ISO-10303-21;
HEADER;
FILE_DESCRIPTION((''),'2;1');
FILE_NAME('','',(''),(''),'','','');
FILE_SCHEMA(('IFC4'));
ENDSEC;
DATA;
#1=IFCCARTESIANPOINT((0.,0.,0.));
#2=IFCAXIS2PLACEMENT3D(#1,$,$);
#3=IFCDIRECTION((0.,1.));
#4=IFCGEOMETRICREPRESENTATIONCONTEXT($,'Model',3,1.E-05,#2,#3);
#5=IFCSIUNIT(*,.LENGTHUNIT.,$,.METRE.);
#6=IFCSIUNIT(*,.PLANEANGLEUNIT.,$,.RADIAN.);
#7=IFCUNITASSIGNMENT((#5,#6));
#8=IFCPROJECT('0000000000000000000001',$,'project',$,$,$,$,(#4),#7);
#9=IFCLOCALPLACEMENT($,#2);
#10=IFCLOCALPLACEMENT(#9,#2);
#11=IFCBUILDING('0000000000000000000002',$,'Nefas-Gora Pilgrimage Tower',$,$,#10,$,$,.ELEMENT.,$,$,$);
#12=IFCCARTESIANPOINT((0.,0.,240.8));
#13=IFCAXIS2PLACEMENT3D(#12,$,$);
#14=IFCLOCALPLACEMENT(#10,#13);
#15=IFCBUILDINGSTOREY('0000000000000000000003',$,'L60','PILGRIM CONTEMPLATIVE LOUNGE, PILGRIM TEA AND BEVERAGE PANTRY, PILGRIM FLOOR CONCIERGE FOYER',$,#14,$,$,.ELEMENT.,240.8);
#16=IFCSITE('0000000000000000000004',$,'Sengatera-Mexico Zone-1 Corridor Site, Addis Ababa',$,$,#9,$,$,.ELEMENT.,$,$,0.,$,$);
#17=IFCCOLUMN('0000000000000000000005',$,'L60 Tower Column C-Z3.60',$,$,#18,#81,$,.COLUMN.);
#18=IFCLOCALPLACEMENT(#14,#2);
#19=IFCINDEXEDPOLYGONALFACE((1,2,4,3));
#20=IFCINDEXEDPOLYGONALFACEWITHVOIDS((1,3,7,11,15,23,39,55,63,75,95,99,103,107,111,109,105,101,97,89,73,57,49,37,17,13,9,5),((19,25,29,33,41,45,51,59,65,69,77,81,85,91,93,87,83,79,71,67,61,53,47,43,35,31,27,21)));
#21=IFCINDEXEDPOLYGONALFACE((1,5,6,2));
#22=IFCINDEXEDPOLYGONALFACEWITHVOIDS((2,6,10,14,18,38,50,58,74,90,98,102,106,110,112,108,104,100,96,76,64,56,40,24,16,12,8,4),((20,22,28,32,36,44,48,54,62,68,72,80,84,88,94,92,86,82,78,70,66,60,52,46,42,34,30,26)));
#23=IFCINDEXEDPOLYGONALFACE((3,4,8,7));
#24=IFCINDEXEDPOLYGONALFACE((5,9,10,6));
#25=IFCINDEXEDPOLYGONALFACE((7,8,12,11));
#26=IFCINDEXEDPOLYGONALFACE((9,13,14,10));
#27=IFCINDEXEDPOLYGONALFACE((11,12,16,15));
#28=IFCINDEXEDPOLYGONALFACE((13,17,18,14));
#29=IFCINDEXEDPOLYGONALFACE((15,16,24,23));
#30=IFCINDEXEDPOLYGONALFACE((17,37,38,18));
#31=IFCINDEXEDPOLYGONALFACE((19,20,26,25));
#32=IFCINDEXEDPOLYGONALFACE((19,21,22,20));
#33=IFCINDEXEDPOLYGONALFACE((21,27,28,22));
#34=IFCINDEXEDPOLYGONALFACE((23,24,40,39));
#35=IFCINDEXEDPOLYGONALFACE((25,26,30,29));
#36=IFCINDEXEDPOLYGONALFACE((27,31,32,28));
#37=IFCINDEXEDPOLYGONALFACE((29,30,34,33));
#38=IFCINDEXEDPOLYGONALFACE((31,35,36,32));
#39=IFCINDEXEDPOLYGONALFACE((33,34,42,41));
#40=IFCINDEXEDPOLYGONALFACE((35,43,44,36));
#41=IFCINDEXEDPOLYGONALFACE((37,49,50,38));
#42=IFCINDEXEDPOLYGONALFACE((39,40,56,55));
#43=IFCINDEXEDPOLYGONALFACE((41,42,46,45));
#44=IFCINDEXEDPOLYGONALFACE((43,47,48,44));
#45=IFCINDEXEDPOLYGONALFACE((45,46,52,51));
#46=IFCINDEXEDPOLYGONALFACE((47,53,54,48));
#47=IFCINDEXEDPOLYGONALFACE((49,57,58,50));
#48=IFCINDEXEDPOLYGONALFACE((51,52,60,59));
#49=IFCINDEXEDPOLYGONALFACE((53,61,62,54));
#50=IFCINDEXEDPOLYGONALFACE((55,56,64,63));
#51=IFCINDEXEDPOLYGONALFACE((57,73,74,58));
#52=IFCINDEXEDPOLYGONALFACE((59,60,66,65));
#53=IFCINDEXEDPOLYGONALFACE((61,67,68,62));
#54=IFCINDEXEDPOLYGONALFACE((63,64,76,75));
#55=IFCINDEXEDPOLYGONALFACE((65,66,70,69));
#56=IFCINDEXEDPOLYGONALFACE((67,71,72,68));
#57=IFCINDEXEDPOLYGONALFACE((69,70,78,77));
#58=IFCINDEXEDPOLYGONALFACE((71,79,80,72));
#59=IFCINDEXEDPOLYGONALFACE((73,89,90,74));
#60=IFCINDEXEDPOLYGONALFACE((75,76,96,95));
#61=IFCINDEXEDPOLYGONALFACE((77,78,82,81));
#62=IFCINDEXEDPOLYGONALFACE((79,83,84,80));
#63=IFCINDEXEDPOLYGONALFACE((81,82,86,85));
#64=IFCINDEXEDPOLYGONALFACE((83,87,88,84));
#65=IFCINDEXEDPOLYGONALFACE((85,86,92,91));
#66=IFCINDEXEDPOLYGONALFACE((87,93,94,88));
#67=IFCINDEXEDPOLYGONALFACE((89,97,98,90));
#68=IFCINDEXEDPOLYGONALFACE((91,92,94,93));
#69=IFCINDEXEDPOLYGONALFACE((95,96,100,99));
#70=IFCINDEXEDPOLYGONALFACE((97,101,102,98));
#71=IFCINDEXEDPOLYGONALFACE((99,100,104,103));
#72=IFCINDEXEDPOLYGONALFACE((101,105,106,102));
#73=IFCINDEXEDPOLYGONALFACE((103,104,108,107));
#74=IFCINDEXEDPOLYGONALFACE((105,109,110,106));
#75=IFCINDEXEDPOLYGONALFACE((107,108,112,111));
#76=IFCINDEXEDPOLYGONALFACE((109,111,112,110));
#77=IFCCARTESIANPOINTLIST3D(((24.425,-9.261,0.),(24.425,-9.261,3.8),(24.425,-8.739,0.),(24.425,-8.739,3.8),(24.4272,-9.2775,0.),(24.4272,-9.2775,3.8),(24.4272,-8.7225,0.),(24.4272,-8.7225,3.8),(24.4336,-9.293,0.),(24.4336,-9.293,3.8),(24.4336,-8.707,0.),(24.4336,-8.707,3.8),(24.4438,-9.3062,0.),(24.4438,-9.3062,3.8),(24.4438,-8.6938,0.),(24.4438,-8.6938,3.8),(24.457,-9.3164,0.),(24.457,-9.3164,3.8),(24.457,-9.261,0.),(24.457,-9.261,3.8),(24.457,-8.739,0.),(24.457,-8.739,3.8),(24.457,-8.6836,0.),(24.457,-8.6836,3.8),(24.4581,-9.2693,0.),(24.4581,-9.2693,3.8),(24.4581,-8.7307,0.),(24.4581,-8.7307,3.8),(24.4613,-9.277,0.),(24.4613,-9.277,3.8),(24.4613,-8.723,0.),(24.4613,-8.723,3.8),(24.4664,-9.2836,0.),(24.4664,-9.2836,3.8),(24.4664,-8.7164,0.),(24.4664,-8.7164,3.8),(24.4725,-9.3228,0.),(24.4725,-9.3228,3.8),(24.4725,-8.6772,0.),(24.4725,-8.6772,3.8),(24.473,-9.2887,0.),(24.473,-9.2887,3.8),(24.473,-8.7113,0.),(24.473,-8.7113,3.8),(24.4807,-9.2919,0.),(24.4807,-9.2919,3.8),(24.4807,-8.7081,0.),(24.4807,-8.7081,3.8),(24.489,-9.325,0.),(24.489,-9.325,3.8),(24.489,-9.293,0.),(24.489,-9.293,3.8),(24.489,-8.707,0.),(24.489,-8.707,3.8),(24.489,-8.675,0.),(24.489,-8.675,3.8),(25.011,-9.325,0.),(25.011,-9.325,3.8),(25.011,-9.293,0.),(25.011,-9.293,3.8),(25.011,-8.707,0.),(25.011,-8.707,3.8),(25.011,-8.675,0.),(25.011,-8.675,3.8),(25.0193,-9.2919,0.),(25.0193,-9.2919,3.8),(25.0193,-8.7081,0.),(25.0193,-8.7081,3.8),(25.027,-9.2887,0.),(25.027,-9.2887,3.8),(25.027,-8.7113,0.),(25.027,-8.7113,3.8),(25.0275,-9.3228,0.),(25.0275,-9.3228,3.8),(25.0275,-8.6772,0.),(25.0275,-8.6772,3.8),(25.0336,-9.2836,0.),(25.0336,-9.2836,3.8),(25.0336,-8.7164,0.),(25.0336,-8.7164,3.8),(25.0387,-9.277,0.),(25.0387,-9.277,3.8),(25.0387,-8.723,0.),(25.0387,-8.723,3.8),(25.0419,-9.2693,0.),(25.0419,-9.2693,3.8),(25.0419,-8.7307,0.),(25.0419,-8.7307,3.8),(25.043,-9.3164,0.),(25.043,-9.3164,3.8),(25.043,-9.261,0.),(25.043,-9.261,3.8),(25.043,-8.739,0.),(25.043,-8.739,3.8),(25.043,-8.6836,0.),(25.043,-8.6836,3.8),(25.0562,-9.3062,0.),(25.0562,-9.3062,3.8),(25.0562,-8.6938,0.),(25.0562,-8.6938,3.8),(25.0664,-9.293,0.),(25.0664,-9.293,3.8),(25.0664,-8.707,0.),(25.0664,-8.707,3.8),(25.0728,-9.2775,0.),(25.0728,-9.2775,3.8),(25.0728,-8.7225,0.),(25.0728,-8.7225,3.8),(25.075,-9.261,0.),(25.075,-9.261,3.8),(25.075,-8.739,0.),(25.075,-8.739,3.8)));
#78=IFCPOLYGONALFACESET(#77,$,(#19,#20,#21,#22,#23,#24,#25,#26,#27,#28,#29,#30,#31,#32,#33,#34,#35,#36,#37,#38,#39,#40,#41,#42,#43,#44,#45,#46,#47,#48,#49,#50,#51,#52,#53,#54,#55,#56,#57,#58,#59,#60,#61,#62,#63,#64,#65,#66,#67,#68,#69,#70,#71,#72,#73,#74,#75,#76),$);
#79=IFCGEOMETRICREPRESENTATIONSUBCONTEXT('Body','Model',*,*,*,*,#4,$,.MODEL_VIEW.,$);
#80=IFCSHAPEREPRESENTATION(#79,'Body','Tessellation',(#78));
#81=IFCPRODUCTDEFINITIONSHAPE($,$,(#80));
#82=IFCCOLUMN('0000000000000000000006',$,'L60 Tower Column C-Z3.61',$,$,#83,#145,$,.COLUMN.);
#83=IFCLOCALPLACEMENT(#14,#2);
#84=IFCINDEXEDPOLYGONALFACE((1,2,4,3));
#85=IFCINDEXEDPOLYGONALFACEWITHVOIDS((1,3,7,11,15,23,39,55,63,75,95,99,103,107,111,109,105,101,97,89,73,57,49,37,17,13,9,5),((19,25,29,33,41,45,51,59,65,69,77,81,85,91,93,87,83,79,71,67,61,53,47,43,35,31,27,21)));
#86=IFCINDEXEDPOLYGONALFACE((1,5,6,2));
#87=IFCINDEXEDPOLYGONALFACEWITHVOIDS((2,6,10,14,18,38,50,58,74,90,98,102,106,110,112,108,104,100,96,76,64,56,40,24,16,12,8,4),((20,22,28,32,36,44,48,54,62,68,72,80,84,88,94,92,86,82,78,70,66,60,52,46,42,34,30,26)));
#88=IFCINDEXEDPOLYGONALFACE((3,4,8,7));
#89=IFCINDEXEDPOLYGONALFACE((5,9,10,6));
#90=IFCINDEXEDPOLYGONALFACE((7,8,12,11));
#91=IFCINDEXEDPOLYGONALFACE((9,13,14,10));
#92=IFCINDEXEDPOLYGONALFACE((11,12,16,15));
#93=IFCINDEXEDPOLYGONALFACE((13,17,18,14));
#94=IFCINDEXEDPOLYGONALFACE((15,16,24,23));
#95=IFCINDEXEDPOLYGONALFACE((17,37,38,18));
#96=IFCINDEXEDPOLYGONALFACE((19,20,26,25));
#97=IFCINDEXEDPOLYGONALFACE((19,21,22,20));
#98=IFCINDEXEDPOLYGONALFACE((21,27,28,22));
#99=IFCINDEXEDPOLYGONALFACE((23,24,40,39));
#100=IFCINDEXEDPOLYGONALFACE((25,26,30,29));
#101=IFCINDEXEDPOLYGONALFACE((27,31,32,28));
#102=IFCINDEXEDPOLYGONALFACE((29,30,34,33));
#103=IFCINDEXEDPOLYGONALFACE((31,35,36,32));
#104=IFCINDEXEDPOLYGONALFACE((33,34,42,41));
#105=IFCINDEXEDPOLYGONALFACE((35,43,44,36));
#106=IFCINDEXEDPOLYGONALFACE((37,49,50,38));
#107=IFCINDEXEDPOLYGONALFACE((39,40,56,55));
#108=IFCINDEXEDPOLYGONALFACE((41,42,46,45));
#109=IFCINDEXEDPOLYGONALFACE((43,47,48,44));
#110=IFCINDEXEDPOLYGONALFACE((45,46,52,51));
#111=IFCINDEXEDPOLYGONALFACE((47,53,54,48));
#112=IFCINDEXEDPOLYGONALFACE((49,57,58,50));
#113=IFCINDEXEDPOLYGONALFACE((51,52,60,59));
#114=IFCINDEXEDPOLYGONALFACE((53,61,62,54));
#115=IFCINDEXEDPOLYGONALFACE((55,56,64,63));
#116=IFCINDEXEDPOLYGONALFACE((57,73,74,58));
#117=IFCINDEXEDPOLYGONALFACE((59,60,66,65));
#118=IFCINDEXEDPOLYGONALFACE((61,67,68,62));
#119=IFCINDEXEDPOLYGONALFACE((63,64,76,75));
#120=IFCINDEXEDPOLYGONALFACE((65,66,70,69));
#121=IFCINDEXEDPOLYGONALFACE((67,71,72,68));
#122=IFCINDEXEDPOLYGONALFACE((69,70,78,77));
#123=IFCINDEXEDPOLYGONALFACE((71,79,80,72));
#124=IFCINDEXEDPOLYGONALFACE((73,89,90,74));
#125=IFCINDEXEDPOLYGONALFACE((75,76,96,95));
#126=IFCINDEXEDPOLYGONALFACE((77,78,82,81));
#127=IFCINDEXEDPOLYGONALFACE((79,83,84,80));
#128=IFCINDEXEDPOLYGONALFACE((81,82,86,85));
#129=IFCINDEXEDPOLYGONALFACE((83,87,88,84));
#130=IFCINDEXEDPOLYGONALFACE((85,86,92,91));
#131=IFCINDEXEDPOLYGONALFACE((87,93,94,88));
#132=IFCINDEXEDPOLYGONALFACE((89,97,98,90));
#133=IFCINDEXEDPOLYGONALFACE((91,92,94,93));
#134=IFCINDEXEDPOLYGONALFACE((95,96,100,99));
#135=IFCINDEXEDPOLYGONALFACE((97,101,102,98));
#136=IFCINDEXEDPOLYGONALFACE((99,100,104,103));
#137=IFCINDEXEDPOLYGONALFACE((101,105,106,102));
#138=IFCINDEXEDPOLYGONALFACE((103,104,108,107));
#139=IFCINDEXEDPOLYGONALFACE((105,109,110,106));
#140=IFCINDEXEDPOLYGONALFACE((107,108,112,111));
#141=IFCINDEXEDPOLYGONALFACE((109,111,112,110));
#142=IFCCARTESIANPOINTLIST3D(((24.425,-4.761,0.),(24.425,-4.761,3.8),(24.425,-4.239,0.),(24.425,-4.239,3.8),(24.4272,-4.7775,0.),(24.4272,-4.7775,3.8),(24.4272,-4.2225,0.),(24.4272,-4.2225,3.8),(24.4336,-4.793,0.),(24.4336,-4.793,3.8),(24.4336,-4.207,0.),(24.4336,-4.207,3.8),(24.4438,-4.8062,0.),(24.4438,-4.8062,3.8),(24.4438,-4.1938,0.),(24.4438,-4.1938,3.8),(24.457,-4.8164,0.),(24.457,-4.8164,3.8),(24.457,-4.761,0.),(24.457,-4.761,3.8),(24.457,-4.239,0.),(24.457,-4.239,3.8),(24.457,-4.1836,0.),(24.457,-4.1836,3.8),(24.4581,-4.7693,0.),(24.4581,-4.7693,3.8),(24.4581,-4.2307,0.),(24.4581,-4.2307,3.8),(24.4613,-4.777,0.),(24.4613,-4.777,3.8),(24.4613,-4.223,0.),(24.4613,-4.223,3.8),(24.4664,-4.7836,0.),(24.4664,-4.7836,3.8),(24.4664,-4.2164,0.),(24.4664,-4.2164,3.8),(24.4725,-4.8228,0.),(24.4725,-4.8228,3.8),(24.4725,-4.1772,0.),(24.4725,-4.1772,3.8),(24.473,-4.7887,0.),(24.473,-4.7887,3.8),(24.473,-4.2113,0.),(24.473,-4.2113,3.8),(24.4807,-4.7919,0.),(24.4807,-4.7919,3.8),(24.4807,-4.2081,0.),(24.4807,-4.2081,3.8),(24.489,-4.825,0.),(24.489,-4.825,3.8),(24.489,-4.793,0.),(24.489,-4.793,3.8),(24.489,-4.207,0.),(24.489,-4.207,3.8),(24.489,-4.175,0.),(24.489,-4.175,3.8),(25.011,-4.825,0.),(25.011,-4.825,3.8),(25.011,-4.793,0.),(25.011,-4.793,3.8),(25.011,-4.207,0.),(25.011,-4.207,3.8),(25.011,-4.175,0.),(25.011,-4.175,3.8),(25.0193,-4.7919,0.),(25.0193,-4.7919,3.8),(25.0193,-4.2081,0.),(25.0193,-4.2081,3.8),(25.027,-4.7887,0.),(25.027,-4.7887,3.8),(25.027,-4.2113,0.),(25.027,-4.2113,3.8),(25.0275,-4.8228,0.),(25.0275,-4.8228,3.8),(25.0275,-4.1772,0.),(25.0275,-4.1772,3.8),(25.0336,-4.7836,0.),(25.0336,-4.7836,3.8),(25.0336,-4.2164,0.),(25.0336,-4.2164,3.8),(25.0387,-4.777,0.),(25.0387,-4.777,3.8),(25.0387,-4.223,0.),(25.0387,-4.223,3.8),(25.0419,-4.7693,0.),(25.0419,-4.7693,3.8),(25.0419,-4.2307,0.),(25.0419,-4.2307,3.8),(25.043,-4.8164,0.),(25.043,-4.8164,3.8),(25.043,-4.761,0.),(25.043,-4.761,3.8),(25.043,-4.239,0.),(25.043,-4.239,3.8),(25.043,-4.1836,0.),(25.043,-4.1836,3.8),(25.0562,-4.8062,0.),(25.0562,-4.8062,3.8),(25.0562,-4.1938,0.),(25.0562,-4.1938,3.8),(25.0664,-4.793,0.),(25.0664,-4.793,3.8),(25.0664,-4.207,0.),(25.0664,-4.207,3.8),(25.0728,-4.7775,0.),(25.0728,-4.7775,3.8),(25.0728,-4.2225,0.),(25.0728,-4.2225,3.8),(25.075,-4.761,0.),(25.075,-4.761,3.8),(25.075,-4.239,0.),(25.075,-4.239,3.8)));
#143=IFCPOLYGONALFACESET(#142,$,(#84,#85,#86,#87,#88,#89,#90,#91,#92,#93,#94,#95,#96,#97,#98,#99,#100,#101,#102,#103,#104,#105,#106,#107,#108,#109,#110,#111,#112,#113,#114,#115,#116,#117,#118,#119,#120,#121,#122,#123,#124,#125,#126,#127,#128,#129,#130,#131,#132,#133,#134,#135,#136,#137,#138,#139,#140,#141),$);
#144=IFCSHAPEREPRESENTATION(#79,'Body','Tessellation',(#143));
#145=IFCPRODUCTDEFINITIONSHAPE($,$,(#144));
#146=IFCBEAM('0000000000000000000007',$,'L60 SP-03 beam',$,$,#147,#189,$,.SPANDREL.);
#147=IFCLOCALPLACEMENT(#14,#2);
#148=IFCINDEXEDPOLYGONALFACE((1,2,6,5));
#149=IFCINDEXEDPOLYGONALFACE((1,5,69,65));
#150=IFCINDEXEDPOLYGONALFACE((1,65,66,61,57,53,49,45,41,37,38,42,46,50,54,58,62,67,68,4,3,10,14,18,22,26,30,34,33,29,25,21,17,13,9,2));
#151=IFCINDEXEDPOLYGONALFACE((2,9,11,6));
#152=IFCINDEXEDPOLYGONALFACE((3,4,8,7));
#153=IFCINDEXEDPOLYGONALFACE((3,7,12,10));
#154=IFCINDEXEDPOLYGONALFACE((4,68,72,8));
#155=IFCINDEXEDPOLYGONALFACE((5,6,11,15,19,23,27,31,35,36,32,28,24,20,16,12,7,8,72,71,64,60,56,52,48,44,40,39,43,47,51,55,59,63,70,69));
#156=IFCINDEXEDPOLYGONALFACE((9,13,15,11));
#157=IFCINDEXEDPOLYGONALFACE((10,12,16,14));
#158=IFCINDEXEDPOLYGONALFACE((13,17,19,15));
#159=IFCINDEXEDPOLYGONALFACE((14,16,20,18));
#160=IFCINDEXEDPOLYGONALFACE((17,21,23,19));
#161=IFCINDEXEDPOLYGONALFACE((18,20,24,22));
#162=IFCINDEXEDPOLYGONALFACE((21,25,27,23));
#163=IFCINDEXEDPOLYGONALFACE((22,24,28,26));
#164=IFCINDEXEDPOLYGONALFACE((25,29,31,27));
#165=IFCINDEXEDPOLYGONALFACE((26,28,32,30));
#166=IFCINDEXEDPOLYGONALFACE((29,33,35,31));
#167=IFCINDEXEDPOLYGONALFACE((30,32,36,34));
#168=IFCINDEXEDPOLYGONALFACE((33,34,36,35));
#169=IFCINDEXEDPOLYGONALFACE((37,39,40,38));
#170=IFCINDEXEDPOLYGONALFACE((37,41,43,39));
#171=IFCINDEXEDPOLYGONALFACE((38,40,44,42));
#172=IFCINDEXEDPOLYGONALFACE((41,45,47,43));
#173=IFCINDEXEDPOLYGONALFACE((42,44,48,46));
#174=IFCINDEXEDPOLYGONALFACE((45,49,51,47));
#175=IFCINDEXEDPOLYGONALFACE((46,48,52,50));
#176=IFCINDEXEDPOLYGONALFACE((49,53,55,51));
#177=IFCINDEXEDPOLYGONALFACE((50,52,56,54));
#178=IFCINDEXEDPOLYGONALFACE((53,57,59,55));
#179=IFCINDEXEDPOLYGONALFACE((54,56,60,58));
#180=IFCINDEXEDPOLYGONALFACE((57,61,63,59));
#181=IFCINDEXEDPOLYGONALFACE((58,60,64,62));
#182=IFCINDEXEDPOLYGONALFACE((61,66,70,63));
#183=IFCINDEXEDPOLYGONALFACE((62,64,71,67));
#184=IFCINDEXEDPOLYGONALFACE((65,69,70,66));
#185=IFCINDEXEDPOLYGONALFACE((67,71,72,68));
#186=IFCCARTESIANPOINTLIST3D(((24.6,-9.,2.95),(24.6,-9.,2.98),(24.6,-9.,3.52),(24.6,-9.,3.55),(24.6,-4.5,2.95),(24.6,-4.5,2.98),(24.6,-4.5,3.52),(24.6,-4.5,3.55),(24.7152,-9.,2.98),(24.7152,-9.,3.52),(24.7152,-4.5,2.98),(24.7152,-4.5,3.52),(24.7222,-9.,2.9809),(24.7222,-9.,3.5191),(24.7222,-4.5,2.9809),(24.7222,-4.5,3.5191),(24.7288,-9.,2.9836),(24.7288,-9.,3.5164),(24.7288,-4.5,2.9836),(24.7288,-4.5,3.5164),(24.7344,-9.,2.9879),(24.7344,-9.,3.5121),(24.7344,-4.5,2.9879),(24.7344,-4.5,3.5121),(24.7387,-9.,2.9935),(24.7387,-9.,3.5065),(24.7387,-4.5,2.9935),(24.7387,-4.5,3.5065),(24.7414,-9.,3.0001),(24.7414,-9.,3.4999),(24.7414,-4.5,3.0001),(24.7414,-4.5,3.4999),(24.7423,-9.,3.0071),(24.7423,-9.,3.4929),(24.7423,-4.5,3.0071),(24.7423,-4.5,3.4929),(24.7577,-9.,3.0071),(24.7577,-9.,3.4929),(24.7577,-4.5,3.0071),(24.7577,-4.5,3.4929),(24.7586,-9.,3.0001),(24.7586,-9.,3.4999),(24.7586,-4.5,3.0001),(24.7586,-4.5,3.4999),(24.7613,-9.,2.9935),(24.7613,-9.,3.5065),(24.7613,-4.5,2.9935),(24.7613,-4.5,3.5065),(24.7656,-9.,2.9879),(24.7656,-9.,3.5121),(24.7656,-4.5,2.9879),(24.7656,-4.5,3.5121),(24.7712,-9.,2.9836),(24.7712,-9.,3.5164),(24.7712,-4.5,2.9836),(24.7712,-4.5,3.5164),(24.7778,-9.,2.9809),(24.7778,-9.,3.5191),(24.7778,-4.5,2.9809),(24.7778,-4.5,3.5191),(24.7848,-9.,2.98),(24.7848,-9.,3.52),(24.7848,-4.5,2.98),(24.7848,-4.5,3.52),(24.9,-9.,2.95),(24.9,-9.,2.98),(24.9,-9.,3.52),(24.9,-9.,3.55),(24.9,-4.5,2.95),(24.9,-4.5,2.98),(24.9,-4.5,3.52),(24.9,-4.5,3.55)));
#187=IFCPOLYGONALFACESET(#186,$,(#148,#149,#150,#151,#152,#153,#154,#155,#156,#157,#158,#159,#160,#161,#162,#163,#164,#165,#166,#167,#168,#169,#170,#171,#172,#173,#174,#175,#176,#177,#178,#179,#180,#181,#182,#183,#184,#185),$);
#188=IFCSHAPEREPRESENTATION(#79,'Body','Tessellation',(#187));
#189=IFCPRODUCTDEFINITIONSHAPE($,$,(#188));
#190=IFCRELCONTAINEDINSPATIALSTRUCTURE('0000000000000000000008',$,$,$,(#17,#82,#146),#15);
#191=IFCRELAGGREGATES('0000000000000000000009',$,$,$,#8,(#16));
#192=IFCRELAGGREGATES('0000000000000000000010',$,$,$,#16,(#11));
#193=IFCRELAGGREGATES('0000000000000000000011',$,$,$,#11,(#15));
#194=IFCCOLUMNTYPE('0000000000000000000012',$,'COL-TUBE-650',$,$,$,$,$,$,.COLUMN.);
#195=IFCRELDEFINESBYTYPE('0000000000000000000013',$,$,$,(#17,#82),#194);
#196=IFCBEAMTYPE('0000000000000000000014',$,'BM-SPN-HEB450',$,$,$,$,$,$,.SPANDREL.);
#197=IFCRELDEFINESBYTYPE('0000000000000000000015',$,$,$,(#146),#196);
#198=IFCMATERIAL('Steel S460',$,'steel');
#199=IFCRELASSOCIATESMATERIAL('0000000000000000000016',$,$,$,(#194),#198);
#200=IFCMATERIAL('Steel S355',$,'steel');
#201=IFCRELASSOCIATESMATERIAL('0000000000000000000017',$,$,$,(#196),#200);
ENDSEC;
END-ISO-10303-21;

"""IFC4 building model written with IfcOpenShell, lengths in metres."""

from ifc_helpers import new_model, si_unit, direction, frame, origin, origin_2d, place, context, subcontext, project, spatial, hollow_rectangle, i_section, extrude, source, transform, mapped, material, material_profile, profile_set, type_object, element, save


model = new_model("IFC4")

# Units and contexts
model_context = context("Model", 3, precision=1e-05, world=origin(), true_north=direction((0.0, 1.0)))
body_context = subcontext(model_context, "Body", "Model", "MODEL_VIEW")
ifc_project = project(units=[si_unit("LENGTHUNIT", "METRE"), si_unit("PLANEANGLEUNIT", "RADIAN")], contexts=[model_context])

# Site, building, storey
site_placement = place(None, origin())
site = spatial("IfcSite", under=ifc_project, at=site_placement, Name="Sengatera-Mexico Zone-1 Corridor Site, Addis Ababa", CompositionType="ELEMENT", RefElevation=0.0)
building_placement = place(site_placement, origin())
building = spatial("IfcBuilding", under=site, at=building_placement, Name="Nefas-Gora Pilgrimage Tower", CompositionType="ELEMENT")
storey_placement = place(building_placement, frame((0.0, 0.0, 240.8)))
storey = spatial("IfcBuildingStorey", under=building, at=storey_placement, Name="L60", Description="PILGRIM CONTEMPLATIVE LOUNGE, PILGRIM TEA AND BEVERAGE PANTRY, PILGRIM FLOOR CONCIERGE FOYER", CompositionType="ELEMENT", Elevation=240.8)

# Columns
ifc_material_1 = material(Name="Steel S460", Category="steel")
ifc_material_profile_1 = material_profile(ifc_material_1, hollow_rectangle(XDim=0.6499, YDim=0.6499, WallThickness=0.032, InnerFilletRadius=0.032, OuterFilletRadius=0.064, at=origin_2d()), Name="BOX 650x650x32")
ifc_profile_set_1 = profile_set([ifc_material_profile_1], Name="Steel S460")
column_type_1 = type_object("IfcColumnType", Name="COL-TUBE-650", PredefinedType="COLUMN", material=ifc_profile_set_1)
shared_shape_1 = source(origin(), body_context, "Body", "SweptSolid", [
    extrude(hollow_rectangle(XDim=0.6499, YDim=0.6499, WallThickness=0.032, InnerFilletRadius=0.032, OuterFilletRadius=0.064, at=origin_2d()), origin(), (0.0, 0.0, 1.0), 3.8),
])
for number, where, z_axis, x_axis, name in (
    (1, (24.75, -9.0, 0.0), (0.0, 0.0, 1.0), (1.0, 0.0, 0.0), "L60 Tower Column C-Z3.60"),
    (2, (24.75, -4.5, 0.0), (0.0, 0.0, 1.0), (1.0, 0.0, 0.0), "L60 Tower Column C-Z3.61"),
):
    element("IfcColumn", number, at=place(storey_placement, frame(where, z_axis=z_axis, x_axis=x_axis)), inside=storey, type_object=column_type_1, Name=name, PredefinedType="COLUMN", context=body_context, shape_type="MappedRepresentation", body=[
        mapped(shared_shape_1, transform((0.0, 0.0, 0.0), x_axis=(1.0, 0.0, 0.0), y_axis=(0.0, 1.0, 0.0), z_axis=(0.0, 0.0, 1.0), scale=1.0)),
    ])

# Beam
ifc_material_2 = material(Name="Steel S355", Category="steel")
ifc_material_profile_2 = material_profile(ifc_material_2, i_section(OverallWidth=0.3, OverallDepth=0.6001, WebThickness=0.0154, FlangeThickness=0.03, FilletRadius=0.0271, at=origin_2d()), Name="HEB 600")
ifc_profile_set_2 = profile_set([ifc_material_profile_2], Name="Steel S355")
beam_type_1 = type_object("IfcBeamType", Name="BM-SPN-HEB450", PredefinedType="SPANDREL", material=ifc_profile_set_2)
shared_shape_2 = source(origin(), body_context, "Body", "SweptSolid", [
    extrude(i_section(OverallWidth=0.3, OverallDepth=0.6001, WebThickness=0.0154, FlangeThickness=0.03, FilletRadius=0.0271, at=origin_2d()), origin(), (0.0, 0.0, 1.0), 4.5),
])
for number, where, z_axis, x_axis, name in (
    (3, (24.75, -9.0, 3.25), (0.0, 1.0, 0.0), (-1.0, 0.0, 0.0), "L60 SP-03 beam"),
):
    element("IfcBeam", number, at=place(storey_placement, frame(where, z_axis=z_axis, x_axis=x_axis)), inside=storey, type_object=beam_type_1, Name=name, PredefinedType="SPANDREL", context=body_context, shape_type="MappedRepresentation", body=[
        mapped(shared_shape_2, transform((0.0, 0.0, 0.0), x_axis=(1.0, 0.0, 0.0), y_axis=(0.0, 1.0, 0.0), z_axis=(0.0, 0.0, 1.0), scale=1.0)),
    ])

save(model, "model.ifc")
